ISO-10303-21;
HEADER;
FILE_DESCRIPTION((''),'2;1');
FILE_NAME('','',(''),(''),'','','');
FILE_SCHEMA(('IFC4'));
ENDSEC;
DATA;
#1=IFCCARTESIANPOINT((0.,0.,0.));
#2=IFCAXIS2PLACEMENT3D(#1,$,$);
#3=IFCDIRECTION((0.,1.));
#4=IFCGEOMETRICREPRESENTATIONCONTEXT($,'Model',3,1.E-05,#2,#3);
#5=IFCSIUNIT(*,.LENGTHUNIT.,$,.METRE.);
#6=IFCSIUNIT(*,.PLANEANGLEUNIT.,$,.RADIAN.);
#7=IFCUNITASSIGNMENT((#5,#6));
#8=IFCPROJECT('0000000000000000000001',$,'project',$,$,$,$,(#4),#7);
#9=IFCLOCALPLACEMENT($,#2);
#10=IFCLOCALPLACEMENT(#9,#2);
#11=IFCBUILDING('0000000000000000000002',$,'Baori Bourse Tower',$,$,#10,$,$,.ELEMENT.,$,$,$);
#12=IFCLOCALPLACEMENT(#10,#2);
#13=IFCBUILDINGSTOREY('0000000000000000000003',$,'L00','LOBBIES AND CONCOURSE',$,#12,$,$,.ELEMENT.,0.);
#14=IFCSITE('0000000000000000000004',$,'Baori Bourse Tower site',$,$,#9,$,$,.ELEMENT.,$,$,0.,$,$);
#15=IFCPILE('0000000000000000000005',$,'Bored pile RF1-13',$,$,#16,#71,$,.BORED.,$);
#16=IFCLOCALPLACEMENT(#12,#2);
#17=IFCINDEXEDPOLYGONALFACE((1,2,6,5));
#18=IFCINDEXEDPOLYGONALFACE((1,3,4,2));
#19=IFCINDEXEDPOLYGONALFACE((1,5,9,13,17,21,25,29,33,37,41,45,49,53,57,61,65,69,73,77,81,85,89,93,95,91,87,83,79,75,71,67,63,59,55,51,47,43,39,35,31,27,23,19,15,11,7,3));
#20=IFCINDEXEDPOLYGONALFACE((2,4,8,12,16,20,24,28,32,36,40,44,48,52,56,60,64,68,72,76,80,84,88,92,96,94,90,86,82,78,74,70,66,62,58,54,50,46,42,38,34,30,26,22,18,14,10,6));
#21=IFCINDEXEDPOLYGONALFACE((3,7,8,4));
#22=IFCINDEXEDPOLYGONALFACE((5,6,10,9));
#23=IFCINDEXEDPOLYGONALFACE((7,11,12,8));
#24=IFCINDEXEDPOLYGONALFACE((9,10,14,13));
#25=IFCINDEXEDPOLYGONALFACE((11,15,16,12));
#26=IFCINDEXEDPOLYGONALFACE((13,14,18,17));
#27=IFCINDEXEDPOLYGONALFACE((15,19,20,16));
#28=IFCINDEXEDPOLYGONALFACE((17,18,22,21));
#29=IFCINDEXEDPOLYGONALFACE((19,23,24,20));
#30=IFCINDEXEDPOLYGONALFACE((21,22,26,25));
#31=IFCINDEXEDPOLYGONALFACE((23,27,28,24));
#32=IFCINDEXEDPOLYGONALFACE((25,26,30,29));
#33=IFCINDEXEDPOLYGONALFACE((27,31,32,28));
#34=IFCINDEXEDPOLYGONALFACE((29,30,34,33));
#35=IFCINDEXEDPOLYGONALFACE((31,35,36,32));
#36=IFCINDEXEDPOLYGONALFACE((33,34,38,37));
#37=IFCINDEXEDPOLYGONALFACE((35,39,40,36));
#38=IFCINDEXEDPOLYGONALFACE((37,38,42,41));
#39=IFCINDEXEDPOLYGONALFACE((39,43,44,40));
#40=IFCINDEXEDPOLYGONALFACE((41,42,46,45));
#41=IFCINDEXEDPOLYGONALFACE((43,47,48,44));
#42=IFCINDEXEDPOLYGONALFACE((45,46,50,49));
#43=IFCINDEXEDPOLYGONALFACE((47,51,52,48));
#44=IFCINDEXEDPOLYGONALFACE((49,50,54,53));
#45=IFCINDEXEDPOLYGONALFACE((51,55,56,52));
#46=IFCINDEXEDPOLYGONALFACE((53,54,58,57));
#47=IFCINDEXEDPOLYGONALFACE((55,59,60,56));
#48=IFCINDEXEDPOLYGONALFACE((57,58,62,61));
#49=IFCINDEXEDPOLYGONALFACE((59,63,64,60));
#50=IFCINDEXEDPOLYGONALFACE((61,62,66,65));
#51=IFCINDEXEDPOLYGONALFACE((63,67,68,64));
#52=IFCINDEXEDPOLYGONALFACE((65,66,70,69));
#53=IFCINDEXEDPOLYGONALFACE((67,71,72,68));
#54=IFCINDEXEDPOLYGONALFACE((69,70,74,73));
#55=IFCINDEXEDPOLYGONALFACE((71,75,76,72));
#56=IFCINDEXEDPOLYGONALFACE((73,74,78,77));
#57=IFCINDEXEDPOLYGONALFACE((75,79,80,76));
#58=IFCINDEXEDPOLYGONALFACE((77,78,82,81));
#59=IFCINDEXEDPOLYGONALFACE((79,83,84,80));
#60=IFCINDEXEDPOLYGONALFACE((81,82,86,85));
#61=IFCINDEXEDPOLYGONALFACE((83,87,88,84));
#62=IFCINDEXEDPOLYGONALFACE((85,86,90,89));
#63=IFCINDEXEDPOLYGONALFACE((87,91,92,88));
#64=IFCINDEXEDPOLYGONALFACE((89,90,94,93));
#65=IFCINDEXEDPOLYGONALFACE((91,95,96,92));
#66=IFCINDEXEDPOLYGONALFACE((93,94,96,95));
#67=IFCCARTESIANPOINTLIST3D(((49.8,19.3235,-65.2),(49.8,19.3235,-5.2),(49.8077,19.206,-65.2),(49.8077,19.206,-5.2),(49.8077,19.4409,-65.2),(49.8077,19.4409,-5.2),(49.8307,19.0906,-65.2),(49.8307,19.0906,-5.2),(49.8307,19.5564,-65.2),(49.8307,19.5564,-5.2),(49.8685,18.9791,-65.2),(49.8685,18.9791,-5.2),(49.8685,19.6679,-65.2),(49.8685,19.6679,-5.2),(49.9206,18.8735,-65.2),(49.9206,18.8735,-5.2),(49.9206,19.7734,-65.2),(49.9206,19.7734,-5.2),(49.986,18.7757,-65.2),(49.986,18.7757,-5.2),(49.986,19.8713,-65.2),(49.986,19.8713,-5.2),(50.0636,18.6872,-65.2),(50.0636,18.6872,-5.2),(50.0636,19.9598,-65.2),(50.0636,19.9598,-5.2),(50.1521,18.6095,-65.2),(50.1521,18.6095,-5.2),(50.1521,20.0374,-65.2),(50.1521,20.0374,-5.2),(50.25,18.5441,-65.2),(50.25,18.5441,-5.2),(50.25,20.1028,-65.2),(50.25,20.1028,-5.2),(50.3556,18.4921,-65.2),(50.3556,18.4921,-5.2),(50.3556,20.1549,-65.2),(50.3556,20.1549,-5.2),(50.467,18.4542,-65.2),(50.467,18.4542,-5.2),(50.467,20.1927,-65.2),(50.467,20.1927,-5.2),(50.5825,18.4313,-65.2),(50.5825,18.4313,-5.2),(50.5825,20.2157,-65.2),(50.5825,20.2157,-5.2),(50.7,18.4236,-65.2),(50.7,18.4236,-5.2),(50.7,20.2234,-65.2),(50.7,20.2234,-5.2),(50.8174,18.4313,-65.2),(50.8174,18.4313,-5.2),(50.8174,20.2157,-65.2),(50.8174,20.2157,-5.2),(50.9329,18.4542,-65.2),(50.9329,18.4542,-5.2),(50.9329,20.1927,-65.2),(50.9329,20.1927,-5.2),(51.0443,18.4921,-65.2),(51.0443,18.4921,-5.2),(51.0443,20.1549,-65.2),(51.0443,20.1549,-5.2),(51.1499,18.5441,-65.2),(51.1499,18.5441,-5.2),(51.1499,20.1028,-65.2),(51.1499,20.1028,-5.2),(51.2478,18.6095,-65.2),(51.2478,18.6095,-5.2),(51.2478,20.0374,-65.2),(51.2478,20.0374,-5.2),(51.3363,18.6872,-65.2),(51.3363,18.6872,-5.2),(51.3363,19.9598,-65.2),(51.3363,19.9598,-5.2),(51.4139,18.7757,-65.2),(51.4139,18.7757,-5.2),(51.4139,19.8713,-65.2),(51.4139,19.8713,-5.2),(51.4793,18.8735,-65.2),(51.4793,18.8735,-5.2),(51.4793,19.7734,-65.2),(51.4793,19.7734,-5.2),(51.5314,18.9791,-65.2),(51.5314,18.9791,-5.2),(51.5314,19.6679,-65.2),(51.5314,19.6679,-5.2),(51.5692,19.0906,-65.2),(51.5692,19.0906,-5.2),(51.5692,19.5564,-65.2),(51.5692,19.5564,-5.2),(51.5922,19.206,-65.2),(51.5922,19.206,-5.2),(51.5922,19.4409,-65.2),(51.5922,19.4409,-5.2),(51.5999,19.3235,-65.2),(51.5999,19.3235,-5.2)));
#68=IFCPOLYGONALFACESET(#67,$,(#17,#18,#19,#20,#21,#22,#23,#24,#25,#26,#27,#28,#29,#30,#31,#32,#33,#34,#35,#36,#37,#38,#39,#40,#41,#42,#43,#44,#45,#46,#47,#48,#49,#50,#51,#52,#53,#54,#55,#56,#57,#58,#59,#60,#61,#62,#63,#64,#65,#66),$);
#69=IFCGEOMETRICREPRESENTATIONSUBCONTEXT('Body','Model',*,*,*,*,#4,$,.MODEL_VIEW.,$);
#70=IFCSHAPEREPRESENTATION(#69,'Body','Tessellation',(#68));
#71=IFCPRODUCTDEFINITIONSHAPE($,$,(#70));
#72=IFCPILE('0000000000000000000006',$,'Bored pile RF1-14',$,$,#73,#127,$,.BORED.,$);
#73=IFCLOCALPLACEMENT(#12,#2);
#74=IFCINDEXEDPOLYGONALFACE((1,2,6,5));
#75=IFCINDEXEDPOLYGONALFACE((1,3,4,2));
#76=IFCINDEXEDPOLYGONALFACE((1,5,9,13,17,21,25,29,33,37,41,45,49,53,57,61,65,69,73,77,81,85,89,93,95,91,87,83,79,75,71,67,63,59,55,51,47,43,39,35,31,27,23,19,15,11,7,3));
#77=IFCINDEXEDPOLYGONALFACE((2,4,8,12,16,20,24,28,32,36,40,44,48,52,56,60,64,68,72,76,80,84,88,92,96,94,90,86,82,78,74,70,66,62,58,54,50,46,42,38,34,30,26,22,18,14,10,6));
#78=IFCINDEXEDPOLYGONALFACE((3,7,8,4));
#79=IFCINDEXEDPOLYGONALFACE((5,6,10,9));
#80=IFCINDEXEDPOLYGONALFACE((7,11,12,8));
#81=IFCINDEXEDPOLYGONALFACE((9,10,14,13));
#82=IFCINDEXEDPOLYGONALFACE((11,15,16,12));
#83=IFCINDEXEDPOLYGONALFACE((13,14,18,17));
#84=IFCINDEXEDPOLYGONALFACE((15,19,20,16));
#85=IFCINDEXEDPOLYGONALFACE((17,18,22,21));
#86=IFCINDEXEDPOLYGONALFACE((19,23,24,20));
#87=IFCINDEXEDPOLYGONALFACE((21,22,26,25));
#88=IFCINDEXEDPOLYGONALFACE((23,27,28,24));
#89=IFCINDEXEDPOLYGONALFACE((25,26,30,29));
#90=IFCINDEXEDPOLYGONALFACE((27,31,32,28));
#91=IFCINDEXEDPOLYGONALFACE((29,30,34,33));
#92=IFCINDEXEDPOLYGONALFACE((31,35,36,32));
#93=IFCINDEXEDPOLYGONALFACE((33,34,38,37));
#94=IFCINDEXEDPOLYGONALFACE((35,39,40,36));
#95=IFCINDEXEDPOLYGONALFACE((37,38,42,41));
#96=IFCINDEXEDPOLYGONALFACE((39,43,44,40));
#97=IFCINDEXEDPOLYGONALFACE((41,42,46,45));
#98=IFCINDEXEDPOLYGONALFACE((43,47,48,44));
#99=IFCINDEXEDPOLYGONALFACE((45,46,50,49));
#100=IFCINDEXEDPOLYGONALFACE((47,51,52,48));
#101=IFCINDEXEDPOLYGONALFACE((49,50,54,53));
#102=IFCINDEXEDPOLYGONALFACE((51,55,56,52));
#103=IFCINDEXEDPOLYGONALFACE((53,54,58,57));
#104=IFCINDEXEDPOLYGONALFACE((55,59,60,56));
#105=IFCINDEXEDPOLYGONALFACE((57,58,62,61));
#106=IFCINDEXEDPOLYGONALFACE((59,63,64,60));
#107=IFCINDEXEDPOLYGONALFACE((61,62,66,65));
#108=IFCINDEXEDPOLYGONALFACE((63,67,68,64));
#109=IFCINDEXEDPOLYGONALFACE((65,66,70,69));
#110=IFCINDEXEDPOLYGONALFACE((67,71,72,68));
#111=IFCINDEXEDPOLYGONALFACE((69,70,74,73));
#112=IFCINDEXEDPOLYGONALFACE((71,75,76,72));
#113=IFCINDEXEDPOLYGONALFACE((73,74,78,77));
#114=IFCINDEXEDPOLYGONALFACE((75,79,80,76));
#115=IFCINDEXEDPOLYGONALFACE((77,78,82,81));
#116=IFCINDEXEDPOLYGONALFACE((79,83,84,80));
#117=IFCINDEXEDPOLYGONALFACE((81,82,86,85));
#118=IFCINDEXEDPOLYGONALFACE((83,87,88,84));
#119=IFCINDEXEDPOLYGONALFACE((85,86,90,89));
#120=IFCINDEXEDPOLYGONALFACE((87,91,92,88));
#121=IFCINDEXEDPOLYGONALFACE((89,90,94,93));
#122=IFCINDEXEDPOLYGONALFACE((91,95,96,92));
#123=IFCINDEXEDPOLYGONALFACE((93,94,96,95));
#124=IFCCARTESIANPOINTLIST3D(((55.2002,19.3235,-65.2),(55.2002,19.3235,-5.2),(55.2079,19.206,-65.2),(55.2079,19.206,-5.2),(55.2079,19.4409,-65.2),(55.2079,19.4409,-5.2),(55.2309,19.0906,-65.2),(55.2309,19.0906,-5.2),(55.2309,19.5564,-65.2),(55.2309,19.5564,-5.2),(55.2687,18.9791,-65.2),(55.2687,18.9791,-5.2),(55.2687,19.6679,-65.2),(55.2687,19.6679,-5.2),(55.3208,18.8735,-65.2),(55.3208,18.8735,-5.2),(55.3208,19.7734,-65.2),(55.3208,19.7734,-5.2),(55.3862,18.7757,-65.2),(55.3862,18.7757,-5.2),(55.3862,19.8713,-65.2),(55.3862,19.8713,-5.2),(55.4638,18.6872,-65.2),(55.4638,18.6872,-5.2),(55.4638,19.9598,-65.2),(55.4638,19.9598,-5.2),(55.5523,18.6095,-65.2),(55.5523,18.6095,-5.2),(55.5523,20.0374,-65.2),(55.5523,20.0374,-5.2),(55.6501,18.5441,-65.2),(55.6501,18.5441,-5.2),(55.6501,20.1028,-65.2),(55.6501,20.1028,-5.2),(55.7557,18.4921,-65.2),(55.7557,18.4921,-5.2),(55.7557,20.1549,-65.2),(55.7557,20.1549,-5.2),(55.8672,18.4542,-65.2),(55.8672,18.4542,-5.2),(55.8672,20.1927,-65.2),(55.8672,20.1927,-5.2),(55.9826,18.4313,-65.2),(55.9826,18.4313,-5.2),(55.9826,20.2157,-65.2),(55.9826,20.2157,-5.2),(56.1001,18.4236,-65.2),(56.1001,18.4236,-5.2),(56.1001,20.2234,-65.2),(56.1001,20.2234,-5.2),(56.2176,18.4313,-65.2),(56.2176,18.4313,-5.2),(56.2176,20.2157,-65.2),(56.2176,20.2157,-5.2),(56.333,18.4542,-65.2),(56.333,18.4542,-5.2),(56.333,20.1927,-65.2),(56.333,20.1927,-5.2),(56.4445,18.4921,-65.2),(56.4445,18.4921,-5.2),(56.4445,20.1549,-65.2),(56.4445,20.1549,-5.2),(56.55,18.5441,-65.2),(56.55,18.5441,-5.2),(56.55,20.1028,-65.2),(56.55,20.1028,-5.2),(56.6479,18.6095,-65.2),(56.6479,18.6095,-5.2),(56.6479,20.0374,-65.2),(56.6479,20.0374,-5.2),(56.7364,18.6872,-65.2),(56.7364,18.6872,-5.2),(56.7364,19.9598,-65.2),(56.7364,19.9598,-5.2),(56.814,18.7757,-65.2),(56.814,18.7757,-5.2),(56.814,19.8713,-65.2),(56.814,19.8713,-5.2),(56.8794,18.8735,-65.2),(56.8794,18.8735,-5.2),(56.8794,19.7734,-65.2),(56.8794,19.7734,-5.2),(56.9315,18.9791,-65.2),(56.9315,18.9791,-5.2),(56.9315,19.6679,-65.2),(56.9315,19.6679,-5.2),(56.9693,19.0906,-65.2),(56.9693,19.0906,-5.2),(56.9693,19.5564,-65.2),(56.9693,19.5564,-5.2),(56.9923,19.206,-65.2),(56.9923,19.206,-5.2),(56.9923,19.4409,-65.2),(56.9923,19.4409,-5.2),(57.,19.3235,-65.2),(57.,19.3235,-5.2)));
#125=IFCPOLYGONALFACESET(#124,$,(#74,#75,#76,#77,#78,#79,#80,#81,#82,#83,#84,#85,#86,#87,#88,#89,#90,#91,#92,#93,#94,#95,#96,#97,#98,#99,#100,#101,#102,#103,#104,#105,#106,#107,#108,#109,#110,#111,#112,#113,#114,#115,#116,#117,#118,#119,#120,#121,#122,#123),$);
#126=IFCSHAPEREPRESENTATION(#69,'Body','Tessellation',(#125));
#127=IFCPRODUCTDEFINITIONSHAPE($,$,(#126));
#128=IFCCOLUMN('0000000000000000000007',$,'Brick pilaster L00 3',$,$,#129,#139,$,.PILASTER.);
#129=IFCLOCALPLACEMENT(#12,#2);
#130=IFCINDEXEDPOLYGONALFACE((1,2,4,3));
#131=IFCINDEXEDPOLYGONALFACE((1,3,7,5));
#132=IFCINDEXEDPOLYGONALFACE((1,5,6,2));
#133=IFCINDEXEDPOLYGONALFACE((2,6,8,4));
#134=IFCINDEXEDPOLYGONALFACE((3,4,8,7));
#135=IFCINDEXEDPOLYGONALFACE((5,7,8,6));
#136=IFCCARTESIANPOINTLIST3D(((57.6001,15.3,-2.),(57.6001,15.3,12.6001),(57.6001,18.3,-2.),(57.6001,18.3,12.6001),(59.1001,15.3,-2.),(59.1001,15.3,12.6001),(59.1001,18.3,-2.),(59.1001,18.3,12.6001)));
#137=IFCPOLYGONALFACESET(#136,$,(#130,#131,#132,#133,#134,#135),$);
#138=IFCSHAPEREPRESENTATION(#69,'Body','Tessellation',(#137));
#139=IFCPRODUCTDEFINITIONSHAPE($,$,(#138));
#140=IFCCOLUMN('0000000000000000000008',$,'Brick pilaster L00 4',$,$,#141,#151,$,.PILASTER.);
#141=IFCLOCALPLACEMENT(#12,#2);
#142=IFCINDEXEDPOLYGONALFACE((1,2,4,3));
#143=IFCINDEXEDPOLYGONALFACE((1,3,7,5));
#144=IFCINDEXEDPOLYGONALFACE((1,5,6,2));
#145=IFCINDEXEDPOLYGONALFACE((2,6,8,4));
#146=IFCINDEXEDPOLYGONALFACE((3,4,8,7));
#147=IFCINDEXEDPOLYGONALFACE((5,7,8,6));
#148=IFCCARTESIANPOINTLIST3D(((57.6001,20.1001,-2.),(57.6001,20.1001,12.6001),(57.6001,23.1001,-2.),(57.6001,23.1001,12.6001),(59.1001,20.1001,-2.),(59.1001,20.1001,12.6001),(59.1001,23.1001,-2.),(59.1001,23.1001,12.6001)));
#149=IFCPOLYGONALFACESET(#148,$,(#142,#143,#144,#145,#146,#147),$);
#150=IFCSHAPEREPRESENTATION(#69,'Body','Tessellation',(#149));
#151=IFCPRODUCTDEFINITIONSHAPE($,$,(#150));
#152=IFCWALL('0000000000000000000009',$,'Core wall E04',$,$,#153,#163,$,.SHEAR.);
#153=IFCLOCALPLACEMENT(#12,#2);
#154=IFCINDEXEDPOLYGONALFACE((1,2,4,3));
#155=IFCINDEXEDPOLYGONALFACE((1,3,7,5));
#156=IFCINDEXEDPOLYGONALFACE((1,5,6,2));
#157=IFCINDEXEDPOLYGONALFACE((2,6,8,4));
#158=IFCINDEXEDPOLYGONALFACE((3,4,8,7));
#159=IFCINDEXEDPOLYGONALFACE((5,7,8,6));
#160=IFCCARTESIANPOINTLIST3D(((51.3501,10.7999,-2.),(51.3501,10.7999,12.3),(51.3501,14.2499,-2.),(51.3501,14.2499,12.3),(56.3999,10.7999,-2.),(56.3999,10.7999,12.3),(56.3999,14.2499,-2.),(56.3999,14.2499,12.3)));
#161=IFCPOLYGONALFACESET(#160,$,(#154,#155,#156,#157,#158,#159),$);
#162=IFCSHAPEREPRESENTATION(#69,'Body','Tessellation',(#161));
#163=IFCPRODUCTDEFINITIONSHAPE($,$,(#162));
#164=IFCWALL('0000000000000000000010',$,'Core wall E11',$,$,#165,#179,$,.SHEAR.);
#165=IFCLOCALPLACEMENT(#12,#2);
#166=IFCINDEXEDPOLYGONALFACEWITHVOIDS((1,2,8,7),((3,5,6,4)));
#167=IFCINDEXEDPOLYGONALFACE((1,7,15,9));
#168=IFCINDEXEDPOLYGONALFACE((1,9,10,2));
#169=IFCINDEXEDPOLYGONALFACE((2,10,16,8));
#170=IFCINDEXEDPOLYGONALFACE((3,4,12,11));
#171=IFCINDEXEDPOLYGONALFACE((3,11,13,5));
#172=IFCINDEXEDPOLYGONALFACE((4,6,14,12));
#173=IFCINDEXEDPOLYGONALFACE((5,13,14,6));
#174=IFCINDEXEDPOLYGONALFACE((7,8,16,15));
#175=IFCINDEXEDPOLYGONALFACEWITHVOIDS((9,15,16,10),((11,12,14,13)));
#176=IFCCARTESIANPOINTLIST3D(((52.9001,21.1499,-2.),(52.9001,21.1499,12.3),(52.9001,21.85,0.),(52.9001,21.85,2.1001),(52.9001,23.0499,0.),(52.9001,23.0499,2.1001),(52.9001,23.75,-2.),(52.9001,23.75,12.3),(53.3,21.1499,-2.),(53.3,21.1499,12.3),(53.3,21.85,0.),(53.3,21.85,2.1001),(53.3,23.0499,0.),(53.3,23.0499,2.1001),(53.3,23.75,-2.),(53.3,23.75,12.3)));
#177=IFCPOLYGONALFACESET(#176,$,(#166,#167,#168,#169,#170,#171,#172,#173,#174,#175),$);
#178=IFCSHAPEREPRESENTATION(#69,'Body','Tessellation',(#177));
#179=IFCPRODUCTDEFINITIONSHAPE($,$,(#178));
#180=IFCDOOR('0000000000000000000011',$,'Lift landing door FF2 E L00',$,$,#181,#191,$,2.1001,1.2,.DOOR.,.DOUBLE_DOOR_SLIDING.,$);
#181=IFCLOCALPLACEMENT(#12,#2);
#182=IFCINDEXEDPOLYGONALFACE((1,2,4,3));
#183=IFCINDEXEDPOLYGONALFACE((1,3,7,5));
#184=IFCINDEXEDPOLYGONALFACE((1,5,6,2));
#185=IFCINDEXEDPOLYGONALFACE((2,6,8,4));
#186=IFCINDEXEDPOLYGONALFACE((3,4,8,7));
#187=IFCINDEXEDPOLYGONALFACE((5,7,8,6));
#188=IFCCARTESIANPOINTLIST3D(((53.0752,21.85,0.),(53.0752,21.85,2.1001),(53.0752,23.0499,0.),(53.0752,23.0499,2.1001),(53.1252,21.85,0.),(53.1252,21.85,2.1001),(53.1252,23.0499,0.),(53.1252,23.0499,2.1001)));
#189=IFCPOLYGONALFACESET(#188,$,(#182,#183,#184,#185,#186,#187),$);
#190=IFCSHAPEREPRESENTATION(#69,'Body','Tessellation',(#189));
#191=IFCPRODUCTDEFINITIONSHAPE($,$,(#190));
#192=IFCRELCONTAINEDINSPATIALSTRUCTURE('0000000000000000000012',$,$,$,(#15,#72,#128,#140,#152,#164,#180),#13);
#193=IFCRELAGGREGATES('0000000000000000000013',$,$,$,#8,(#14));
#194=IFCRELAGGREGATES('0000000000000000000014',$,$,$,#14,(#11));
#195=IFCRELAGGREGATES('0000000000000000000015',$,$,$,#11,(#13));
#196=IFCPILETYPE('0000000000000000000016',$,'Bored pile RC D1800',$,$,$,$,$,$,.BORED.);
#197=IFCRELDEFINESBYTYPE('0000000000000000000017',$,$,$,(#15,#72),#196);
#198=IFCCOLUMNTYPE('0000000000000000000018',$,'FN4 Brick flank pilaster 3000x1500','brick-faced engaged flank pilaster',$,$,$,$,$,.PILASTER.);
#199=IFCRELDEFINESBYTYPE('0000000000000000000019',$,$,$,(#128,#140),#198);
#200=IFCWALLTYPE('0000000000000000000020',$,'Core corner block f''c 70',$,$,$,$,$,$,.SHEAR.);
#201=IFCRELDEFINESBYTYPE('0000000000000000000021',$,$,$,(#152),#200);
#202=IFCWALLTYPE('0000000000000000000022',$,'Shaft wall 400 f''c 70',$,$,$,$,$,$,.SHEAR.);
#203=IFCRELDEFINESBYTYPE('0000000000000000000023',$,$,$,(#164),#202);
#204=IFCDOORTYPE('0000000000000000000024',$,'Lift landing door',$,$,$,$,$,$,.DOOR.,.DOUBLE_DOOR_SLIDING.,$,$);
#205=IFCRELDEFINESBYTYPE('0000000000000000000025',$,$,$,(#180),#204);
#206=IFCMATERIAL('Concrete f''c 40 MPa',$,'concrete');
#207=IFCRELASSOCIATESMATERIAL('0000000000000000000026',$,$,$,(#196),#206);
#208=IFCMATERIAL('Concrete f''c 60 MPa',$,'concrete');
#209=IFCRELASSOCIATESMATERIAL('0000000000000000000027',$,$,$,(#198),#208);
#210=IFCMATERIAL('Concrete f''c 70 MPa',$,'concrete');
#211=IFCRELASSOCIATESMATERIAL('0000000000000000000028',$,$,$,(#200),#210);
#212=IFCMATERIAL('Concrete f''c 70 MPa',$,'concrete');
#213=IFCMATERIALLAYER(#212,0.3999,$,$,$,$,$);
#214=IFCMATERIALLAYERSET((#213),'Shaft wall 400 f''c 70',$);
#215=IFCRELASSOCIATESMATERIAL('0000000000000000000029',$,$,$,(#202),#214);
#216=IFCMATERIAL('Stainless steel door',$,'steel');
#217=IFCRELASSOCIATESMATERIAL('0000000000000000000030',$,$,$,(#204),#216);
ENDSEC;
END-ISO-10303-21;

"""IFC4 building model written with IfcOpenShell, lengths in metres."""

from ifc_helpers import new_model, si_unit, direction, frame, frame_2d, origin, origin_2d, place, context, subcontext, project, spatial, rectangle, circle, extrude, material, layer, layer_set, material_profile, profile_set, type_object, element, fill, save


model = new_model("IFC4")

# Units and contexts
model_context = context("Model", 3, precision=1e-05, world=origin(), true_north=direction((0.0, 1.0)))
body_context = subcontext(model_context, "Body", "Model", "MODEL_VIEW")
ifc_project = project(units=[si_unit("LENGTHUNIT", "METRE"), si_unit("PLANEANGLEUNIT", "RADIAN")], contexts=[model_context])

# Site, building, storey
site_placement = place(None, origin())
site = spatial("IfcSite", under=ifc_project, at=site_placement, Name="Baori Bourse Tower site", CompositionType="ELEMENT", RefElevation=0.0)
building_placement = place(site_placement, origin())
building = spatial("IfcBuilding", under=site, at=building_placement, Name="Baori Bourse Tower", CompositionType="ELEMENT")
storey_placement = place(building_placement, origin())
storey = spatial("IfcBuildingStorey", under=building, at=storey_placement, Name="L00", Description="LOBBIES AND CONCOURSE", CompositionType="ELEMENT", Elevation=0.0)

# Piles
ifc_material_1 = material(Name="Concrete f'c 40 MPa", Category="concrete")
ifc_material_profile_1 = material_profile(ifc_material_1, circle(Radius=0.8999, at=origin_2d()), Name="RC D1800")
ifc_profile_set_1 = profile_set([ifc_material_profile_1], Name="Concrete f'c 40 MPa")
pile_type = type_object("IfcPileType", Name="Bored pile RC D1800", PredefinedType="BORED", material=ifc_profile_set_1)
for number, where, z_axis, x_axis, name in (
    (1, (50.7, 19.3235, -5.2), (0.0, 0.0, -1.0), (1.0, 0.0, 0.0), "Bored pile RF1-13"),
    (2, (56.1001, 19.3235, -5.2), (0.0, 0.0, -1.0), (1.0, 0.0, 0.0), "Bored pile RF1-14"),
):
    element("IfcPile", number, at=place(storey_placement, frame(where, z_axis=z_axis, x_axis=x_axis)), inside=storey, type_object=pile_type, Name=name, PredefinedType="BORED", context=body_context, shape_type="SweptSolid", body=[
        extrude(circle(Radius=0.8999, at=origin_2d()), origin(), (0.0, 0.0, 1.0), 60.0),
    ])

# Columns
ifc_material_2 = material(Name="Concrete f'c 60 MPa", Category="concrete")
ifc_material_profile_2 = material_profile(ifc_material_2, rectangle(XDim=3.0, YDim=1.5, at=origin_2d()), Name="RC 3000x1500")
ifc_profile_set_2 = profile_set([ifc_material_profile_2], Name="Concrete f'c 60 MPa")
column_type = type_object("IfcColumnType", Name="FN4 Brick flank pilaster 3000x1500", Description="brick-faced engaged flank pilaster", PredefinedType="PILASTER", material=ifc_profile_set_2)
for number, where, z_axis, x_axis, name in (
    (3, (58.3501, 16.8, -2.0), (0.0, 0.0, 1.0), (0.0, 1.0, 0.0), "Brick pilaster L00 3"),
    (4, (58.3501, 21.6001, -2.0), (0.0, 0.0, 1.0), (0.0, 1.0, 0.0), "Brick pilaster L00 4"),
):
    element("IfcColumn", number, at=place(storey_placement, frame(where, z_axis=z_axis, x_axis=x_axis)), inside=storey, type_object=column_type, Name=name, PredefinedType="PILASTER", context=body_context, shape_type="SweptSolid", body=[
        extrude(rectangle(XDim=3.0, YDim=1.5, at=origin_2d()), origin(), (0.0, 0.0, 1.0), 14.6001),
    ])

# Wall
ifc_material_3 = material(Name="Concrete f'c 70 MPa", Category="concrete")
wall_type_1 = type_object("IfcWallType", Name="Core corner block f'c 70", PredefinedType="SHEAR", material=ifc_material_3)
wall_1_placement = place(storey_placement, frame((51.3501, 12.5249, -2.0), z_axis=(0.0, 0.0, 1.0), x_axis=(1.0, 0.0, 0.0)))
element("IfcWall", 5, at=wall_1_placement, inside=storey, type_object=wall_type_1, Name="Core wall E04", PredefinedType="SHEAR", context=body_context, shape_type="SweptSolid", body=[
    extrude(rectangle(XDim=5.0498, YDim=3.45, at=frame_2d((2.5249, 0.0))), origin(), (0.0, 0.0, 1.0), 14.3),
])

# Wall, opening, door
ifc_material_4 = material(Name="Concrete f'c 70 MPa", Category="concrete")
ifc_layer_1 = layer(ifc_material_4, 0.3999)
ifc_layer_set_1 = layer_set([ifc_layer_1], Name="Shaft wall 400 f'c 70")
wall_type_2 = type_object("IfcWallType", Name="Shaft wall 400 f'c 70", PredefinedType="SHEAR", material=ifc_layer_set_1)
wall_2_placement = place(storey_placement, frame((53.1001, 21.1499, -2.0), z_axis=(0.0, 0.0, 1.0), x_axis=(0.0, 1.0, 0.0)))
wall_2 = element("IfcWall", 6, at=wall_2_placement, inside=storey, type_object=wall_type_2, Name="Core wall E11", PredefinedType="SHEAR", context=body_context, shape_type="SweptSolid", body=[
    extrude(rectangle(XDim=2.6001, YDim=0.3999, at=frame_2d((1.3, 0.0))), origin(), (0.0, 0.0, 1.0), 14.3),
])
opening_placement = place(wall_2_placement, frame((0.7, 0.0, 2.0)))
opening = element("IfcOpeningElement", 7, at=opening_placement, cuts=wall_2, PredefinedType="OPENING", context=body_context, shape_type="SweptSolid", body=[
    extrude(rectangle(XDim=1.2, YDim=2.1001, at=frame_2d((0.6001, 1.05))), frame((0.0, 0.21, 0.0), z_axis=(0.0, -1.0, 0.0), x_axis=(1.0, 0.0, 0.0)), (0.0, 0.0, 1.0), 0.4199),
])
ifc_material_5 = material(Name="Stainless steel door", Category="steel")
door_type = type_object("IfcDoorType", Name="Lift landing door", OperationType="DOUBLE_DOOR_SLIDING", PredefinedType="DOOR", material=ifc_material_5)
door_placement = place(opening_placement, origin())
door = element("IfcDoor", 8, at=door_placement, inside=storey, type_object=door_type, Name="Lift landing door FF2 E L00", OperationType="DOUBLE_DOOR_SLIDING", OverallHeight=2.1001, OverallWidth=1.2, PredefinedType="DOOR", context=body_context, shape_type="SweptSolid", body=[
    extrude(rectangle(XDim=1.2, YDim=2.1001, at=frame_2d((0.6001, 1.05))), frame((0.0, 0.0249, 0.0), z_axis=(0.0, -1.0, 0.0), x_axis=(1.0, 0.0, 0.0)), (0.0, 0.0, 1.0), 0.05),
])
fill(opening, door)

save(model, "model.ifc")
